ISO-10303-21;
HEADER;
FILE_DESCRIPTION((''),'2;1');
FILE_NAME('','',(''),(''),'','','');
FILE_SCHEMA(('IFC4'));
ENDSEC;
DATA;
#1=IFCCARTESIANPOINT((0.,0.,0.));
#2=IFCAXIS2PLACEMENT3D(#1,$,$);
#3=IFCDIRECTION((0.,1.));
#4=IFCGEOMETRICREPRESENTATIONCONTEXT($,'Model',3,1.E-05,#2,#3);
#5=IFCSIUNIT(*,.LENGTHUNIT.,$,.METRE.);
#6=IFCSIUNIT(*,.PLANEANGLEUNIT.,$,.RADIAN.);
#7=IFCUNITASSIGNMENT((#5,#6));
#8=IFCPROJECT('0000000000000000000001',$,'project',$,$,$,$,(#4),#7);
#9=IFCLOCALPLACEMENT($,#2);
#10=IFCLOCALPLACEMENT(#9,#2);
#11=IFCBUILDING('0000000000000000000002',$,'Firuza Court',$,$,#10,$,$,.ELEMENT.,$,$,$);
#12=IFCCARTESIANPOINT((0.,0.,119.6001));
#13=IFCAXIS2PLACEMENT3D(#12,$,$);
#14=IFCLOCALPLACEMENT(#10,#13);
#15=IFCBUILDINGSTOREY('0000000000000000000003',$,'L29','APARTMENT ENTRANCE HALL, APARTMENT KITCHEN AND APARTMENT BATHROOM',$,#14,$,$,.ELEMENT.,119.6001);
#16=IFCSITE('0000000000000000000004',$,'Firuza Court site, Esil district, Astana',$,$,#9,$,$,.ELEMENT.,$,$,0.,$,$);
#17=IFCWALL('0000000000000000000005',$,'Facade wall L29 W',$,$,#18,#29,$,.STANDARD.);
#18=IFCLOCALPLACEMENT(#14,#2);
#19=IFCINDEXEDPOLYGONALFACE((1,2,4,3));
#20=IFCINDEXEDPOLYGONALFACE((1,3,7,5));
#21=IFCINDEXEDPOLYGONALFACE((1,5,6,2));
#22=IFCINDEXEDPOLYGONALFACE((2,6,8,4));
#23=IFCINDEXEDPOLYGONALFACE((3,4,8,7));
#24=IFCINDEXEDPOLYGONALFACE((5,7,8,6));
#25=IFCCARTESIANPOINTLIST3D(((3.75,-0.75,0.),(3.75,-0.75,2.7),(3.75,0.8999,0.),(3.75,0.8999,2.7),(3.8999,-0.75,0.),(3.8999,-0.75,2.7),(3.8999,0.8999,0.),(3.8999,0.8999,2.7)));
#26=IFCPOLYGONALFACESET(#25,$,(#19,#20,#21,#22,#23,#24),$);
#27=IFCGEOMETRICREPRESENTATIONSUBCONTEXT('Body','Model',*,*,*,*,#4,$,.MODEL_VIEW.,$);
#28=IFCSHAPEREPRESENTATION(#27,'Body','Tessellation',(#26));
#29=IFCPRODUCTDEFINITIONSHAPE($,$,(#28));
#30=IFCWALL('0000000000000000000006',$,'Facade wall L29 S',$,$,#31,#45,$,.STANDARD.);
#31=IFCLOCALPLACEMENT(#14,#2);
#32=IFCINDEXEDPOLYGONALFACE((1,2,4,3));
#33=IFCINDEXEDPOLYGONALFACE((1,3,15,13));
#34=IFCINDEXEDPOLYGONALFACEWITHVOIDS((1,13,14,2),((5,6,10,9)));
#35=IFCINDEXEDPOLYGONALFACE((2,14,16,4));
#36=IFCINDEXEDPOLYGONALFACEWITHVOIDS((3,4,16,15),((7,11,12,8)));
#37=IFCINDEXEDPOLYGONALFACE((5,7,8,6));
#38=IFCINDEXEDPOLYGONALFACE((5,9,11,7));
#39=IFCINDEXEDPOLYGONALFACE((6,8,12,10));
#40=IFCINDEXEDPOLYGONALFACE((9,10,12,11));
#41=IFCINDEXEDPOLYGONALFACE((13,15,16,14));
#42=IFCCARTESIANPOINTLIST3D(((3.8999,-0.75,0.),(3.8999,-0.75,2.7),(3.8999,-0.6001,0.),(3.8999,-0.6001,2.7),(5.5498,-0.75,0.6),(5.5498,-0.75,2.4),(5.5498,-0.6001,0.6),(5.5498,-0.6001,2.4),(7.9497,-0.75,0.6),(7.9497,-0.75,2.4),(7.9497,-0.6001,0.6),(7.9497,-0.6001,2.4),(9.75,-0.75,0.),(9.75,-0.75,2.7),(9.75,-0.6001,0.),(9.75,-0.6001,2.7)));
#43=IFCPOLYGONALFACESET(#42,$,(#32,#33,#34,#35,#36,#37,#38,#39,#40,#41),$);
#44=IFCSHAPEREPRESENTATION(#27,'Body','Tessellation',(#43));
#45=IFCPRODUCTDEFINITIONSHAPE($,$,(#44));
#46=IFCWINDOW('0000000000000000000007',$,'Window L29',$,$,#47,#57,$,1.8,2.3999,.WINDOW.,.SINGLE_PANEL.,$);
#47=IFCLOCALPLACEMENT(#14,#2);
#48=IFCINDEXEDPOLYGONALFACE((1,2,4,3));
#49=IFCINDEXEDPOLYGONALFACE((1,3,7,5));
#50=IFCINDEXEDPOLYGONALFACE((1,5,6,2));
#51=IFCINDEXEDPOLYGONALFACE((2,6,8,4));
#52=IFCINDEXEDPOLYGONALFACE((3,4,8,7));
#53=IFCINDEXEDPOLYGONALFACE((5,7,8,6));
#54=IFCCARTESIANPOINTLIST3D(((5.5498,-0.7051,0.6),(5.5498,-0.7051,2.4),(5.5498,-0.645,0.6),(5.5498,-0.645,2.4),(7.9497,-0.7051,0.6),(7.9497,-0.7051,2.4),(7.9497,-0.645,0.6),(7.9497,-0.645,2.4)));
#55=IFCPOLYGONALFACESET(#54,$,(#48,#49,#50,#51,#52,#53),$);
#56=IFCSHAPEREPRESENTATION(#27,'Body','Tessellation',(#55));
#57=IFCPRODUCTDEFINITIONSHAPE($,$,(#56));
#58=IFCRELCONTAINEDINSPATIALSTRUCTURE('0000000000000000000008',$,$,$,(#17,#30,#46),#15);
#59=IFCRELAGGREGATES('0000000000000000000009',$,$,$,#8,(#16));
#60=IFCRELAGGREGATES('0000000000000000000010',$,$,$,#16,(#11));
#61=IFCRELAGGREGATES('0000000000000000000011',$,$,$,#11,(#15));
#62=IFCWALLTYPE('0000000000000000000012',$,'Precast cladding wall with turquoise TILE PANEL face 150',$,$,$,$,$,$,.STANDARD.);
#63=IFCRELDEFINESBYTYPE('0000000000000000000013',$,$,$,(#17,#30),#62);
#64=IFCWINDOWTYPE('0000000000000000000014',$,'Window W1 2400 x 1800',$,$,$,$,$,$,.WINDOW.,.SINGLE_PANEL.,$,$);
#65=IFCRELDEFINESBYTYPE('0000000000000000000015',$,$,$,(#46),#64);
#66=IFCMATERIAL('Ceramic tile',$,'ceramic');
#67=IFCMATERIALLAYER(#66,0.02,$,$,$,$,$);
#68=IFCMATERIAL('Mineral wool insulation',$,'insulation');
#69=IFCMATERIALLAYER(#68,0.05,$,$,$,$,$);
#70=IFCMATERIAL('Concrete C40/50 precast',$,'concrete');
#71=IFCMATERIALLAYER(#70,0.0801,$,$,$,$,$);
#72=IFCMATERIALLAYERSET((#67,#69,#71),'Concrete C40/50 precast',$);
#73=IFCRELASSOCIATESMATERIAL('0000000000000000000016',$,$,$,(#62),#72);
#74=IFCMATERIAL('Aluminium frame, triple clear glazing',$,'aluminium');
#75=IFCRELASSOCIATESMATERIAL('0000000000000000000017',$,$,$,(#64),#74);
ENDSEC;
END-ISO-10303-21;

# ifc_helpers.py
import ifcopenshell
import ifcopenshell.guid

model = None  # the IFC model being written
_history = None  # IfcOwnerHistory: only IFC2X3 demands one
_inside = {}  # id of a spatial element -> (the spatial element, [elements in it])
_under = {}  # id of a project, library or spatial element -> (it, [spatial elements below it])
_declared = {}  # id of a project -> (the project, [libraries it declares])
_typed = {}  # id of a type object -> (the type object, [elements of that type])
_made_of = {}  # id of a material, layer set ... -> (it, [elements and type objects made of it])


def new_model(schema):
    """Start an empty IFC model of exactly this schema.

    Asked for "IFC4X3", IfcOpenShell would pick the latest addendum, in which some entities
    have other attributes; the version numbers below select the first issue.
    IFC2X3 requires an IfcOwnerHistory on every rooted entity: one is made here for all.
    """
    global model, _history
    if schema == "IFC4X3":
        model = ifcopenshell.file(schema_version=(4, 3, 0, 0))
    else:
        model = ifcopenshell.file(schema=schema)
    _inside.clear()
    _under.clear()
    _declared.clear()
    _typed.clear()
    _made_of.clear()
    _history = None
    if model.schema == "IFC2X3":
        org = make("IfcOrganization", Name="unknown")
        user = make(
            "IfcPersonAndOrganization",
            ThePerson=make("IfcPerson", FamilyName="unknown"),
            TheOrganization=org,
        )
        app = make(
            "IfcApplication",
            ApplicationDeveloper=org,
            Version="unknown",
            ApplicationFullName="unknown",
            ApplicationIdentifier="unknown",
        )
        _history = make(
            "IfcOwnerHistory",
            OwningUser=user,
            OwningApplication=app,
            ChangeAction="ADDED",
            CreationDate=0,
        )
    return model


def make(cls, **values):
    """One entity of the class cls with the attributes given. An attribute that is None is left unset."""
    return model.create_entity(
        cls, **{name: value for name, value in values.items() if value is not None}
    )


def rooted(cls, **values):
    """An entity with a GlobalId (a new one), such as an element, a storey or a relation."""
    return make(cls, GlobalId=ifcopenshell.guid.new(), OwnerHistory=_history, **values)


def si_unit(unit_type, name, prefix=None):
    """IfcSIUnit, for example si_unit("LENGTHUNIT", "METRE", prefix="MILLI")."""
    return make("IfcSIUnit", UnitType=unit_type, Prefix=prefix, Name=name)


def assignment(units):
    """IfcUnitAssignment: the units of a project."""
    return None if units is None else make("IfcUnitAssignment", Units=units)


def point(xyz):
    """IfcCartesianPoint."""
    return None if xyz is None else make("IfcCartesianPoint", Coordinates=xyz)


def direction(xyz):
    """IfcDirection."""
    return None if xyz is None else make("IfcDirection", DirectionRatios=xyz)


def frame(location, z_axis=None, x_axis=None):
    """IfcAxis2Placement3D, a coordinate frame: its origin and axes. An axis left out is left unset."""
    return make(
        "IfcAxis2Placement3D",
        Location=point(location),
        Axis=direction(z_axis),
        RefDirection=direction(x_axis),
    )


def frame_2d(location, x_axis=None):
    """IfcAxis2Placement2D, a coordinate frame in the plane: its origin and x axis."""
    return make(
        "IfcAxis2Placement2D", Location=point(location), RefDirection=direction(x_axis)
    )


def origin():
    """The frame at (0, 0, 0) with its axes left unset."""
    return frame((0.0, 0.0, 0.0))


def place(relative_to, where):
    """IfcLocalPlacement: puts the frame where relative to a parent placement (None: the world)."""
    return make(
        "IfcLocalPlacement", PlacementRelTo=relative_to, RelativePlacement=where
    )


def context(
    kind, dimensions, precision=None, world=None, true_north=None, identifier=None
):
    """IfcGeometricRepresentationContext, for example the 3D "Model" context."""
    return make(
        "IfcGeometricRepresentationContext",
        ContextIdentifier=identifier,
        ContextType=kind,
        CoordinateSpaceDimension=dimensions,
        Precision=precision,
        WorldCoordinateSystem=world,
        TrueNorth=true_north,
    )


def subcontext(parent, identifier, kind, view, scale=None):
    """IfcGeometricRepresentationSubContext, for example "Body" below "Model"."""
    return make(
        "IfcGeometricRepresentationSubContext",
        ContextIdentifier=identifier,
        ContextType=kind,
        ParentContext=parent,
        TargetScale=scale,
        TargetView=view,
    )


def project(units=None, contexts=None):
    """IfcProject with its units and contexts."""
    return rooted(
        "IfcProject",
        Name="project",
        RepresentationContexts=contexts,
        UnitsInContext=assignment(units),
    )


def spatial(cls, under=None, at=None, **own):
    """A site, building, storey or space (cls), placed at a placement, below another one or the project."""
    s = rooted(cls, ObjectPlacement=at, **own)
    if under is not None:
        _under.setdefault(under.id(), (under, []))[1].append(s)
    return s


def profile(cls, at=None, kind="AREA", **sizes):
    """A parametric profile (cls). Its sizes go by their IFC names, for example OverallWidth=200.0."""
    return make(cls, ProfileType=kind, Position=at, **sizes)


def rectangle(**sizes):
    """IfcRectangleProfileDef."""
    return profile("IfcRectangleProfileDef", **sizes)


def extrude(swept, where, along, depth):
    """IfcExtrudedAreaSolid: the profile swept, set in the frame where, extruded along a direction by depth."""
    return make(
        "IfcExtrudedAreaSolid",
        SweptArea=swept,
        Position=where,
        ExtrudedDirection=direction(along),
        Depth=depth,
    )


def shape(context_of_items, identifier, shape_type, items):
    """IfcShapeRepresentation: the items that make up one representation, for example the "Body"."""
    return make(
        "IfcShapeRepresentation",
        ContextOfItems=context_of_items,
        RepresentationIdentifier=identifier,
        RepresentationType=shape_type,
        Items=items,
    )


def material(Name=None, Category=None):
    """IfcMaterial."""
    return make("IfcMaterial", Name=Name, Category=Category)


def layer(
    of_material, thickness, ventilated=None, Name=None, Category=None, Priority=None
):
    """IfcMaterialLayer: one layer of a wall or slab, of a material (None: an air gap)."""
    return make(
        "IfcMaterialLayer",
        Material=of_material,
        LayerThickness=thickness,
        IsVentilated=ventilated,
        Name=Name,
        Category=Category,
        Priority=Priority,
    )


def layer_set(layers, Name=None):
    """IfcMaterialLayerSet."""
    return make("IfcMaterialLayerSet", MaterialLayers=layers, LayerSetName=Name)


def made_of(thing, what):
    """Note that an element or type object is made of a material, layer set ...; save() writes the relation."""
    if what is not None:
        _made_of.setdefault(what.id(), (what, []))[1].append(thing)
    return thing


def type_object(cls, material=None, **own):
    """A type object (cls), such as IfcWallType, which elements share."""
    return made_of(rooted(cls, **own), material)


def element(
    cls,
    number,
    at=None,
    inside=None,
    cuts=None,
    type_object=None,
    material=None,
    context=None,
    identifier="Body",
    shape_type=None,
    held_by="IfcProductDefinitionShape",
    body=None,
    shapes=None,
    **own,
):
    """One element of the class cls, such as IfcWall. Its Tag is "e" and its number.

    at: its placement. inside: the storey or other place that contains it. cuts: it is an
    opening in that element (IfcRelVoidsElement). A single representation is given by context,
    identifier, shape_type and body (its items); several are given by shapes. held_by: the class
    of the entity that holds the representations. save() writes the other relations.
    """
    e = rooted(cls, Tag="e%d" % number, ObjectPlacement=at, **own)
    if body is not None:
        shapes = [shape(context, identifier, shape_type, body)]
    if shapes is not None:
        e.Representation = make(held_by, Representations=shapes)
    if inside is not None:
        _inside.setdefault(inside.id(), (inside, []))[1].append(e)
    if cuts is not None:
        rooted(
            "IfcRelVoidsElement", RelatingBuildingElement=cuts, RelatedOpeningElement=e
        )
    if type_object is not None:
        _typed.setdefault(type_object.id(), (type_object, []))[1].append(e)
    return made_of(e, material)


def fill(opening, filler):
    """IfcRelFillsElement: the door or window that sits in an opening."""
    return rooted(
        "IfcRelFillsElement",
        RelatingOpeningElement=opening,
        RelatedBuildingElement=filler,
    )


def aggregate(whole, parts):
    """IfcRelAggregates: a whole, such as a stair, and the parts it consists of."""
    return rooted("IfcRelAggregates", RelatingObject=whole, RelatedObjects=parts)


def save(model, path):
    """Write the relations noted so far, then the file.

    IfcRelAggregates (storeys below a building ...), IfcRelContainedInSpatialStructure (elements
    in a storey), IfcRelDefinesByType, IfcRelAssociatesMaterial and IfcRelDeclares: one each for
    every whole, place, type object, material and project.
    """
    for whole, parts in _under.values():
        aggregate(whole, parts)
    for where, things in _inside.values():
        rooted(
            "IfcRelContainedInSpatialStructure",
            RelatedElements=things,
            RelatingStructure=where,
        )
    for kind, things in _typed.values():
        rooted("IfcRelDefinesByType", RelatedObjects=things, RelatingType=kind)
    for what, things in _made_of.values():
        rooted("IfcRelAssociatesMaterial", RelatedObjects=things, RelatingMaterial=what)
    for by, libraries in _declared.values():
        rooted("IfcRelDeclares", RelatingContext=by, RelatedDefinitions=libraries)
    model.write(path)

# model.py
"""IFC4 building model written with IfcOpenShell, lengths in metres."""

from ifc_helpers import new_model, si_unit, direction, frame, frame_2d, origin, place, context, subcontext, project, spatial, rectangle, extrude, material, layer, layer_set, type_object, element, fill, save


model = new_model("IFC4")

# Units and contexts
model_context = context("Model", 3, precision=1e-05, world=origin(), true_north=direction((0.0, 1.0)))
body_context = subcontext(model_context, "Body", "Model", "MODEL_VIEW")
ifc_project = project(units=[si_unit("LENGTHUNIT", "METRE"), si_unit("PLANEANGLEUNIT", "RADIAN")], contexts=[model_context])

# Site, building, storey
site_placement = place(None, origin())
site = spatial("IfcSite", under=ifc_project, at=site_placement, Name="Firuza Court site, Esil district, Astana", CompositionType="ELEMENT", RefElevation=0.0)
building_placement = place(site_placement, origin())
building = spatial("IfcBuilding", under=site, at=building_placement, Name="Firuza Court", CompositionType="ELEMENT")
storey_placement = place(building_placement, frame((0.0, 0.0, 119.6001)))
storey = spatial("IfcBuildingStorey", under=building, at=storey_placement, Name="L29", Description="APARTMENT ENTRANCE HALL, APARTMENT KITCHEN AND APARTMENT BATHROOM", CompositionType="ELEMENT", Elevation=119.6001)

# Shared definitions
ifc_material_1 = material(Name="Concrete C40/50 precast", Category="concrete")

# Wall
ifc_material_2 = material(Name="Ceramic tile", Category="ceramic")
ifc_layer_1 = layer(ifc_material_2, 0.02)
ifc_material_3 = material(Name="Mineral wool insulation", Category="insulation")
ifc_layer_2 = layer(ifc_material_3, 0.05)
ifc_layer_3 = layer(ifc_material_1, 0.0801)
ifc_layer_set_1 = layer_set([ifc_layer_1, ifc_layer_2, ifc_layer_3], Name="Concrete C40/50 precast")
wall_type_1 = type_object("IfcWallType", Name="Precast cladding wall with turquoise TILE PANEL face 150", PredefinedType="STANDARD", material=ifc_layer_set_1)
wall_1_placement = place(storey_placement, frame((3.825, 0.8999, 0.0), z_axis=(0.0, 0.0, 1.0), x_axis=(0.0, -1.0, 0.0)))
element("IfcWall", 1, at=wall_1_placement, inside=storey, type_object=wall_type_1, Name="Facade wall L29 W", PredefinedType="STANDARD", context=body_context, shape_type="SweptSolid", body=[
    extrude(rectangle(XDim=1.6499, YDim=0.1499, at=frame_2d((0.825, 0.0))), origin(), (0.0, 0.0, 1.0), 2.7),
])

# Wall, opening, window
wall_2_placement = place(storey_placement, frame((3.8999, -0.675, 0.0), z_axis=(0.0, 0.0, 1.0), x_axis=(1.0, 0.0, 0.0)))
wall_2 = element("IfcWall", 2, at=wall_2_placement, inside=storey, type_object=wall_type_1, Name="Facade wall L29 S", PredefinedType="STANDARD", context=body_context, shape_type="SweptSolid", body=[
    extrude(rectangle(XDim=5.8501, YDim=0.1499, at=frame_2d((2.925, 0.0))), origin(), (0.0, 0.0, 1.0), 2.7),
])
opening_placement = place(wall_2_placement, frame((1.6499, 0.0, 0.6001)))
opening = element("IfcOpeningElement", 3, at=opening_placement, cuts=wall_2, PredefinedType="OPENING", context=body_context, shape_type="SweptSolid", body=[
    extrude(rectangle(XDim=2.3999, YDim=1.8, at=frame_2d((1.2, 0.8999))), frame((0.0, 0.0869, 0.0), z_axis=(0.0, -1.0, 0.0), x_axis=(1.0, 0.0, 0.0)), (0.0, 0.0, 1.0), 0.1738),
])
ifc_material_4 = material(Name="Aluminium frame, triple clear glazing", Category="aluminium")
window_type = type_object("IfcWindowType", Name="Window W1 2400 x 1800", PartitioningType="SINGLE_PANEL", PredefinedType="WINDOW", material=ifc_material_4)
window_placement = place(opening_placement, origin())
window = element("IfcWindow", 4, at=window_placement, inside=storey, type_object=window_type, Name="Window L29", OverallHeight=1.8, OverallWidth=2.3999, PartitioningType="SINGLE_PANEL", PredefinedType="WINDOW", context=body_context, shape_type="SweptSolid", body=[
    extrude(rectangle(XDim=2.3999, YDim=1.8, at=frame_2d((1.2, 0.8999))), frame((0.0, 0.03, 0.0), z_axis=(0.0, -1.0, 0.0), x_axis=(1.0, 0.0, 0.0)), (0.0, 0.0, 1.0), 0.0601),
])
fill(opening, window)

save(model, "model.ifc")
